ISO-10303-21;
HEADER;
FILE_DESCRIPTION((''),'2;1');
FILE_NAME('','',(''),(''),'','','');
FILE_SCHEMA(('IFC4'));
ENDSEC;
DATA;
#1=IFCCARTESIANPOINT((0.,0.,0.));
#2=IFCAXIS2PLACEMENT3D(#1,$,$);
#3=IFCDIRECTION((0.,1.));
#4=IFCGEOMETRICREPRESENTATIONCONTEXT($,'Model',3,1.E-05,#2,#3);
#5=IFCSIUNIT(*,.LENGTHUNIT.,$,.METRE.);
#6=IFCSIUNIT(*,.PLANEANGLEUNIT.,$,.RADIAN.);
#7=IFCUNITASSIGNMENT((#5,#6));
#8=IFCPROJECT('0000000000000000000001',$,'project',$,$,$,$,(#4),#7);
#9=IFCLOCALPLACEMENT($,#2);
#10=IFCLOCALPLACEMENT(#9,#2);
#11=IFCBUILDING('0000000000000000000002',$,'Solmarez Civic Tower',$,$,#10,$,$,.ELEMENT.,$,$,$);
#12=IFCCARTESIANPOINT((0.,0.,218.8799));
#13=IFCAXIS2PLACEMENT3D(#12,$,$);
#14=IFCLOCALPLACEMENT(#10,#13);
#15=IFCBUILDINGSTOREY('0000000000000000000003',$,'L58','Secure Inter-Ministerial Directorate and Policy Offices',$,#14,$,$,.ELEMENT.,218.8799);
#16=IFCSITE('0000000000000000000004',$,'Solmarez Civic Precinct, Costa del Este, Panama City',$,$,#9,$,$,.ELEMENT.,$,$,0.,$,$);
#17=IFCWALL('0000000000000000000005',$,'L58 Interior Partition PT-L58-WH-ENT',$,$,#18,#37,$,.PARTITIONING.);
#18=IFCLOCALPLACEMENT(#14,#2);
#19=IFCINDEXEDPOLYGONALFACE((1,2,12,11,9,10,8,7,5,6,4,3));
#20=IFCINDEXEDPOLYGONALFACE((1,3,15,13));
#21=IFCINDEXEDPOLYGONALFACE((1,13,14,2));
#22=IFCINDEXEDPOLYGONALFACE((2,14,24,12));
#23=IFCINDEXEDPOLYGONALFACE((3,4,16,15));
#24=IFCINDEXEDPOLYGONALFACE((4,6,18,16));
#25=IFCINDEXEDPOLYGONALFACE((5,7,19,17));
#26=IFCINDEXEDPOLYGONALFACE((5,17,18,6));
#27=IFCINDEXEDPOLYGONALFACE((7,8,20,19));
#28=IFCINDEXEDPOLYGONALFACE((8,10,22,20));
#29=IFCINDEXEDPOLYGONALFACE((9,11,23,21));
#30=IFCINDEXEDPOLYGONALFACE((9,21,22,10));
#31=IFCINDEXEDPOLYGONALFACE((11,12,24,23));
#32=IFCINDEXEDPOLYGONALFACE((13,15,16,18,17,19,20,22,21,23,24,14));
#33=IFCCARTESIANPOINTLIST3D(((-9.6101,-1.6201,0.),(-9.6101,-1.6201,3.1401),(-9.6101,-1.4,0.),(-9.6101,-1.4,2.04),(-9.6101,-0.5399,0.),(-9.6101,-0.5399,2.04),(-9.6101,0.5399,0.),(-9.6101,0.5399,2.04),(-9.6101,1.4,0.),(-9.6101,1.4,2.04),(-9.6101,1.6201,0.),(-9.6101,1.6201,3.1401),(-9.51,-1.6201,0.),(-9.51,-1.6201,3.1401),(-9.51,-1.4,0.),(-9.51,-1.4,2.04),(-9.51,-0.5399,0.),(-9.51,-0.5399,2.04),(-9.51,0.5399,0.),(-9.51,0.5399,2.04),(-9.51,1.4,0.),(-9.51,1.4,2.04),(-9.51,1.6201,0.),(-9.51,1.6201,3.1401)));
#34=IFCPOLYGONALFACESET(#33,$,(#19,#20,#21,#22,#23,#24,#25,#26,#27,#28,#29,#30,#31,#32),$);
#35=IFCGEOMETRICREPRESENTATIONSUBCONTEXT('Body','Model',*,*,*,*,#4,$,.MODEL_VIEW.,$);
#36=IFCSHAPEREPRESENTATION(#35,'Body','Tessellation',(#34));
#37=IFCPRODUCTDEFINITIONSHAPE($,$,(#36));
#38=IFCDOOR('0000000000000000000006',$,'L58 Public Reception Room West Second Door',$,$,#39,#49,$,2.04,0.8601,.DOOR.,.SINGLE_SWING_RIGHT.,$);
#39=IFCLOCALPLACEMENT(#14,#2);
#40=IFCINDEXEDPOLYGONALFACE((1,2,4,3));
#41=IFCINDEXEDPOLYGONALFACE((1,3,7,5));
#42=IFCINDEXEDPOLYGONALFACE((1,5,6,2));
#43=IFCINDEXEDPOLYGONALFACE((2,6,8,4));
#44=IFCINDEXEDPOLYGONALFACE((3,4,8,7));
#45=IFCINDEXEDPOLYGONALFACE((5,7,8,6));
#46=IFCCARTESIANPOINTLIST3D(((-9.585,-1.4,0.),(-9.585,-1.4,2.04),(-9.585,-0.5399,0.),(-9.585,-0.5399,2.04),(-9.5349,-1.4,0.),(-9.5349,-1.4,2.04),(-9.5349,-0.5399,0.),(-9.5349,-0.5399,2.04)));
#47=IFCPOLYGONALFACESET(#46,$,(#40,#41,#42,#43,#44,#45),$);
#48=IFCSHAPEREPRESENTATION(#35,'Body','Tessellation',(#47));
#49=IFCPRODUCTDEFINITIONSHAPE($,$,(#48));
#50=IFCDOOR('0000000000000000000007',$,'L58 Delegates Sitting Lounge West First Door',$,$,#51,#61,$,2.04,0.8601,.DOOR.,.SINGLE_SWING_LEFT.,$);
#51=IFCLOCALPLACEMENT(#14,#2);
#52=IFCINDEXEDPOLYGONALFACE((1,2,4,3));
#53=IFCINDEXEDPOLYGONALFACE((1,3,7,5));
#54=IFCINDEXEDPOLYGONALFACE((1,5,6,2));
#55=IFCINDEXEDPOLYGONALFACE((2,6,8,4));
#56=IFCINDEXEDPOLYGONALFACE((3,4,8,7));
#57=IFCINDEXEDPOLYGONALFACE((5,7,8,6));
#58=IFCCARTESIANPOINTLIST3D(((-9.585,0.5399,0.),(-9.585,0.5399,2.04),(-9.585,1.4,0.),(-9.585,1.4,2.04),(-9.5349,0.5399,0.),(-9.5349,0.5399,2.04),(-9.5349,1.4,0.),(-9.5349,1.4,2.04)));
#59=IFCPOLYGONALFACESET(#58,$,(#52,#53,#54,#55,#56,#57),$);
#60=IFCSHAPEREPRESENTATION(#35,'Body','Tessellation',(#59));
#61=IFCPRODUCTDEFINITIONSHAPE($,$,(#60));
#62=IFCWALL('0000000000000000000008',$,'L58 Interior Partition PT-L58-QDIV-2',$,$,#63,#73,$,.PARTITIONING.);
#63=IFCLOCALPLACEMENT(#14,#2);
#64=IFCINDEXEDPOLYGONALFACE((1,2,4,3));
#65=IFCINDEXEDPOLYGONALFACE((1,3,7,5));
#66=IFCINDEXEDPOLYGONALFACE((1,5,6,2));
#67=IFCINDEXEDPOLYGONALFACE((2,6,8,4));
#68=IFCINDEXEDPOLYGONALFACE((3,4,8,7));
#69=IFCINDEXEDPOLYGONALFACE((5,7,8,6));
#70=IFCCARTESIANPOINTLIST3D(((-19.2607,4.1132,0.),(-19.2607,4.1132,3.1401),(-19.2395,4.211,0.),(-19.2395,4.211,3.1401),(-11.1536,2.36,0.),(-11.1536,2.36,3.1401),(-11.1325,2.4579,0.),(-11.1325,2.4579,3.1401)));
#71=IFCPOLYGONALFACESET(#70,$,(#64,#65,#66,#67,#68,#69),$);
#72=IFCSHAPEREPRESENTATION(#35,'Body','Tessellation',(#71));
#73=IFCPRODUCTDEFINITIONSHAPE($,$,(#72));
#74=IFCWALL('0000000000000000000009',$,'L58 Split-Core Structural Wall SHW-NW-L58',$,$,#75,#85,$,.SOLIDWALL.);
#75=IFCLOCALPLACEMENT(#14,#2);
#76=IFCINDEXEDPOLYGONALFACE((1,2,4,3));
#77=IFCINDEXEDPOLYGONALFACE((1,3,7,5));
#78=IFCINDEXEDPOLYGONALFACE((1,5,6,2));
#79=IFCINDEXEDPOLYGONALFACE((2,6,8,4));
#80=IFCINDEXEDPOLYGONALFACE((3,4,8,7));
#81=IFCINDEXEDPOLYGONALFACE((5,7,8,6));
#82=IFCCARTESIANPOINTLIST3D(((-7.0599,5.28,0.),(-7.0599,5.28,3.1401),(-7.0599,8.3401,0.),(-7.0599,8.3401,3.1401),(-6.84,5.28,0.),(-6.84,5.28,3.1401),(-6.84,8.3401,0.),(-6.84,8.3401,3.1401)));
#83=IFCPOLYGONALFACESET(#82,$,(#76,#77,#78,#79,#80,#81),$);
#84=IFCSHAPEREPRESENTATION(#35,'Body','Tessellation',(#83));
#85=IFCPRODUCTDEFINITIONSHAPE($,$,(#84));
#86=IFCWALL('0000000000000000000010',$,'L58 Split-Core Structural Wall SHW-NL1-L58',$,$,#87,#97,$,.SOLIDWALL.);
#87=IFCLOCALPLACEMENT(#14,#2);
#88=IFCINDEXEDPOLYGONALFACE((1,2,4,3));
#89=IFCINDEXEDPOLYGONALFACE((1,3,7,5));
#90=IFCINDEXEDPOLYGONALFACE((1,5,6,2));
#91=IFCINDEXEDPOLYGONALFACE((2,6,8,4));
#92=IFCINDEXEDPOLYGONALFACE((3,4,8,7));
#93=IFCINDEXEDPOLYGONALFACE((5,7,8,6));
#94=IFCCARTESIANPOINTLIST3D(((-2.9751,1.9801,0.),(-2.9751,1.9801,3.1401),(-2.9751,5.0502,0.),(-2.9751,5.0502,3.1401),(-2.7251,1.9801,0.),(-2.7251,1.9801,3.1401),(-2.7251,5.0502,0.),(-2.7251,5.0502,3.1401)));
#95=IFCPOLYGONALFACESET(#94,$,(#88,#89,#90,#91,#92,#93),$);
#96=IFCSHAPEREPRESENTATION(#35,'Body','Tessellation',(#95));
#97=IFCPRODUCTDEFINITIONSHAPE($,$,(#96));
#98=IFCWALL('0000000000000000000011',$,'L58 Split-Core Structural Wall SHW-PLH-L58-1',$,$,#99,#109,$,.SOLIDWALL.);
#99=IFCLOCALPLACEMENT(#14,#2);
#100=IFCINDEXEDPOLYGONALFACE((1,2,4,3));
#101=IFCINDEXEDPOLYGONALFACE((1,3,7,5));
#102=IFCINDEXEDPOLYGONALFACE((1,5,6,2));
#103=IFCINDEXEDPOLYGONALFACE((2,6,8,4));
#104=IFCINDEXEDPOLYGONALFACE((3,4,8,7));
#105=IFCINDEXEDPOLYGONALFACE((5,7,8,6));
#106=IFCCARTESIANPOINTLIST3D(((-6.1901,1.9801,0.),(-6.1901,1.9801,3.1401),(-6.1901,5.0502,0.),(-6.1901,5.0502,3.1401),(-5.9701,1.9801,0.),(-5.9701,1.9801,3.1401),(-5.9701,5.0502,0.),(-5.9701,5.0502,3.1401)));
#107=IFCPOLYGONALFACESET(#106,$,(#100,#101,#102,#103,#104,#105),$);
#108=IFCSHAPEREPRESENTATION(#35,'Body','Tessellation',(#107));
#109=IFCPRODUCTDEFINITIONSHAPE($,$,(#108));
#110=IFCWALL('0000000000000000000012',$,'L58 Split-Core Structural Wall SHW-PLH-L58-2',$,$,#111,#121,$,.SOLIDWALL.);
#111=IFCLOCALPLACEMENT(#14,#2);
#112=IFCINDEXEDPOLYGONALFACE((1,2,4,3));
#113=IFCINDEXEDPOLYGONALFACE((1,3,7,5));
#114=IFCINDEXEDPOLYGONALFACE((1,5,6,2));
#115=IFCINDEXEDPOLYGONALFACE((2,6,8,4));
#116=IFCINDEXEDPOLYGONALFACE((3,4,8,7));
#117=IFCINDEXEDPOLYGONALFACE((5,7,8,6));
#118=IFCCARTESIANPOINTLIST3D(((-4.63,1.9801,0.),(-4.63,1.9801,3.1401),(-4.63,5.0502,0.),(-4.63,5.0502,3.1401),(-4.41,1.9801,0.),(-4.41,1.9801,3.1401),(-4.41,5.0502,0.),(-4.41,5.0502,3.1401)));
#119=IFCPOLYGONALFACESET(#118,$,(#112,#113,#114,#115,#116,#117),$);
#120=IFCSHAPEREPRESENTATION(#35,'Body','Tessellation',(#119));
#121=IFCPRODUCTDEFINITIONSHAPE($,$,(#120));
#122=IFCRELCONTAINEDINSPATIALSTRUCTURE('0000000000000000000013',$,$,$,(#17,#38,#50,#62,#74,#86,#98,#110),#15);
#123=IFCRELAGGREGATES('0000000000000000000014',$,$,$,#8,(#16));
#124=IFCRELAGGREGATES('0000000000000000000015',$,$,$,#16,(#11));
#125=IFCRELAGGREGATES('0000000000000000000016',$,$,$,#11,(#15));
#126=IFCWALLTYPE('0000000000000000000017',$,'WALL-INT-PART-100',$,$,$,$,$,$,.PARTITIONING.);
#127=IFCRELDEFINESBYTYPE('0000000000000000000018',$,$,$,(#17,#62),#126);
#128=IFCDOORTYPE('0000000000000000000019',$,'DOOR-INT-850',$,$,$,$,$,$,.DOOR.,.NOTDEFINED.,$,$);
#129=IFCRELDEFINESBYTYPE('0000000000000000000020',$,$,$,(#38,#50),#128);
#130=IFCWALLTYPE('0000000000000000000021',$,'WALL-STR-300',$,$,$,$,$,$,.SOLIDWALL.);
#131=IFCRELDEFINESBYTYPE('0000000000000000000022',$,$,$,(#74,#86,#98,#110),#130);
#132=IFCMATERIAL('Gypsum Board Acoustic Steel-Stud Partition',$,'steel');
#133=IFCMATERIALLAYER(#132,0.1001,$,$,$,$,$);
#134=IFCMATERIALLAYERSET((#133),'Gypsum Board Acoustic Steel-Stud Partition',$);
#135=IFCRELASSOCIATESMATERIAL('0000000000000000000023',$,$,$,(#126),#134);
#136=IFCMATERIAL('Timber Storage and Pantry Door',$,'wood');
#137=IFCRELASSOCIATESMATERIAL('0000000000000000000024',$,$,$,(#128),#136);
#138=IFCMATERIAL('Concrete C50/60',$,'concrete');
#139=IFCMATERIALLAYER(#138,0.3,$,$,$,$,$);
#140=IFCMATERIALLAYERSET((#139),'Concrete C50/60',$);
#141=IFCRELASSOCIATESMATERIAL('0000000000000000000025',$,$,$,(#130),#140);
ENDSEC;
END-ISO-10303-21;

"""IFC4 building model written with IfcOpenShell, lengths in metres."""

from ifc_helpers import new_model, si_unit, direction, frame, frame_2d, origin, place, context, subcontext, project, spatial, rectangle, extrude, material, layer, layer_set, type_object, element, fill, save


model = new_model("IFC4")

# Units and contexts
model_context = context("Model", 3, precision=1e-05, world=origin(), true_north=direction((0.0, 1.0)))
body_context = subcontext(model_context, "Body", "Model", "MODEL_VIEW")
ifc_project = project(units=[si_unit("LENGTHUNIT", "METRE"), si_unit("PLANEANGLEUNIT", "RADIAN")], contexts=[model_context])

# Site, building, storey
site_placement = place(None, origin())
site = spatial("IfcSite", under=ifc_project, at=site_placement, Name="Solmarez Civic Precinct, Costa del Este, Panama City", CompositionType="ELEMENT", RefElevation=0.0)
building_placement = place(site_placement, origin())
building = spatial("IfcBuilding", under=site, at=building_placement, Name="Solmarez Civic Tower", CompositionType="ELEMENT")
storey_placement = place(building_placement, frame((0.0, 0.0, 218.8799)))
storey = spatial("IfcBuildingStorey", under=building, at=storey_placement, Name="L58", Description="Secure Inter-Ministerial Directorate and Policy Offices", CompositionType="ELEMENT", Elevation=218.8799)

# Shared definitions
ifc_material_1 = material(Name="Concrete C50/60", Category="concrete")

# Shared definitions
ifc_material_2 = material(Name="Gypsum Board Acoustic Steel-Stud Partition", Category="steel")
ifc_layer_1 = layer(ifc_material_2, 0.1001)
ifc_layer_set_1 = layer_set([ifc_layer_1], Name="Gypsum Board Acoustic Steel-Stud Partition")
wall_type_1 = type_object("IfcWallType", Name="WALL-INT-PART-100", PredefinedType="PARTITIONING", material=ifc_layer_set_1)

# Wall, openings, doors
wall_1_placement = place(storey_placement, frame((-9.5601, -1.6201, 0.0), z_axis=(0.0, 0.0, 1.0), x_axis=(0.0, 1.0, 0.0)))
wall_1 = element("IfcWall", 1, at=wall_1_placement, inside=storey, type_object=wall_type_1, Name="L58 Interior Partition PT-L58-WH-ENT", PredefinedType="PARTITIONING", context=body_context, shape_type="SweptSolid", body=[
    extrude(rectangle(XDim=3.2402, YDim=0.1001, at=frame_2d((1.6201, 0.0))), origin(), (0.0, 0.0, 1.0), 3.1401),
])
opening_1_placement = place(wall_1_placement, frame((0.22, 0.0, 0.0)))
opening_1 = element("IfcOpeningElement", 2, at=opening_1_placement, cuts=wall_1, PredefinedType="OPENING", context=body_context, shape_type="SweptSolid", body=[
    extrude(rectangle(XDim=0.8601, YDim=2.04, at=frame_2d((0.4302, 1.02))), frame((0.0, 0.0601, 0.0), z_axis=(0.0, -1.0, 0.0), x_axis=(1.0, 0.0, 0.0)), (0.0, 0.0, 1.0), 0.1201),
])
opening_2_placement = place(wall_1_placement, frame((2.1599, 0.0, 0.0)))
opening_2 = element("IfcOpeningElement", 3, at=opening_2_placement, cuts=wall_1, PredefinedType="OPENING", context=body_context, shape_type="SweptSolid", body=[
    extrude(rectangle(XDim=0.8601, YDim=2.04, at=frame_2d((0.4302, 1.02))), frame((0.0, 0.0601, 0.0), z_axis=(0.0, -1.0, 0.0), x_axis=(1.0, 0.0, 0.0)), (0.0, 0.0, 1.0), 0.1201),
])
ifc_material_3 = material(Name="Timber Storage and Pantry Door", Category="wood")
door_type_1 = type_object("IfcDoorType", Name="DOOR-INT-850", OperationType="NOTDEFINED", PredefinedType="DOOR", material=ifc_material_3)
door_1_placement = place(opening_1_placement, origin())
door_1 = element("IfcDoor", 4, at=door_1_placement, inside=storey, type_object=door_type_1, Name="L58 Public Reception Room West Second Door", OperationType="SINGLE_SWING_RIGHT", OverallHeight=2.04, OverallWidth=0.8601, PredefinedType="DOOR", context=body_context, shape_type="SweptSolid", body=[
    extrude(rectangle(XDim=0.8601, YDim=2.04, at=frame_2d((0.4302, 1.02))), frame((0.0, 0.0249, 0.0), z_axis=(0.0, -1.0, 0.0), x_axis=(1.0, 0.0, 0.0)), (0.0, 0.0, 1.0), 0.05),
])
fill(opening_1, door_1)
door_2_placement = place(opening_2_placement, origin())
door_2 = element("IfcDoor", 5, at=door_2_placement, inside=storey, type_object=door_type_1, Name="L58 Delegates Sitting Lounge West First Door", OperationType="SINGLE_SWING_LEFT", OverallHeight=2.04, OverallWidth=0.8601, PredefinedType="DOOR", context=body_context, shape_type="SweptSolid", body=[
    extrude(rectangle(XDim=0.8601, YDim=2.04, at=frame_2d((0.4302, 1.02))), frame((0.0, 0.0249, 0.0), z_axis=(0.0, -1.0, 0.0), x_axis=(1.0, 0.0, 0.0)), (0.0, 0.0, 1.0), 0.05),
])
fill(opening_2, door_2)

# Walls
wall_2_placement = place(storey_placement, frame((-11.1431, 2.4089, 0.0), z_axis=(0.0, 0.0, 1.0), x_axis=(-0.977406, 0.21137, 0.0)))
element("IfcWall", 6, at=wall_2_placement, inside=storey, type_object=wall_type_1, Name="L58 Interior Partition PT-L58-QDIV-2", PredefinedType="PARTITIONING", context=body_context, shape_type="SweptSolid", body=[
    extrude(rectangle(XDim=8.2944, YDim=0.1001, at=frame_2d((4.1472, 0.0))), origin(), (0.0, 0.0, 1.0), 3.1401),
])
ifc_layer_2 = layer(ifc_material_1, 0.3)
ifc_layer_set_2 = layer_set([ifc_layer_2], Name="Concrete C50/60")
wall_type_2 = type_object("IfcWallType", Name="WALL-STR-300", PredefinedType="SOLIDWALL", material=ifc_layer_set_2)
wall_3_placement = place(storey_placement, frame((-6.95, 5.28, 0.0), z_axis=(0.0, 0.0, 1.0), x_axis=(0.0, 1.0, 0.0)))
element("IfcWall", 7, at=wall_3_placement, inside=storey, type_object=wall_type_2, Name="L58 Split-Core Structural Wall SHW-NW-L58", PredefinedType="SOLIDWALL", context=body_context, shape_type="SweptSolid", body=[
    extrude(rectangle(XDim=3.0601, YDim=0.22, at=frame_2d((1.53, 0.0))), origin(), (0.0, 0.0, 1.0), 3.1401),
])
wall_4_placement = place(storey_placement, frame((-2.8501, 1.98, 0.0), z_axis=(0.0, 0.0, 1.0), x_axis=(0.0, 1.0, 0.0)))
element("IfcWall", 8, at=wall_4_placement, inside=storey, type_object=wall_type_2, Name="L58 Split-Core Structural Wall SHW-NL1-L58", PredefinedType="SOLIDWALL", context=body_context, shape_type="SweptSolid", body=[
    extrude(rectangle(XDim=3.0701, YDim=0.25, at=frame_2d((1.5352, 0.0))), origin(), (0.0, 0.0, 1.0), 3.1401),
])
for number, where, z_axis, x_axis, name in (
    (9, (-6.0801, 1.98, 0.0), (0.0, 0.0, 1.0), (0.0, 1.0, 0.0), "L58 Split-Core Structural Wall SHW-PLH-L58-1"),
    (10, (-4.52, 1.98, 0.0), (0.0, 0.0, 1.0), (0.0, 1.0, 0.0), "L58 Split-Core Structural Wall SHW-PLH-L58-2"),
):
    element("IfcWall", number, at=place(storey_placement, frame(where, z_axis=z_axis, x_axis=x_axis)), inside=storey, type_object=wall_type_2, Name=name, PredefinedType="SOLIDWALL", context=body_context, shape_type="SweptSolid", body=[
        extrude(rectangle(XDim=3.0701, YDim=0.22, at=frame_2d((1.5352, 0.0))), origin(), (0.0, 0.0, 1.0), 3.1401),
    ])

save(model, "model.ifc")
